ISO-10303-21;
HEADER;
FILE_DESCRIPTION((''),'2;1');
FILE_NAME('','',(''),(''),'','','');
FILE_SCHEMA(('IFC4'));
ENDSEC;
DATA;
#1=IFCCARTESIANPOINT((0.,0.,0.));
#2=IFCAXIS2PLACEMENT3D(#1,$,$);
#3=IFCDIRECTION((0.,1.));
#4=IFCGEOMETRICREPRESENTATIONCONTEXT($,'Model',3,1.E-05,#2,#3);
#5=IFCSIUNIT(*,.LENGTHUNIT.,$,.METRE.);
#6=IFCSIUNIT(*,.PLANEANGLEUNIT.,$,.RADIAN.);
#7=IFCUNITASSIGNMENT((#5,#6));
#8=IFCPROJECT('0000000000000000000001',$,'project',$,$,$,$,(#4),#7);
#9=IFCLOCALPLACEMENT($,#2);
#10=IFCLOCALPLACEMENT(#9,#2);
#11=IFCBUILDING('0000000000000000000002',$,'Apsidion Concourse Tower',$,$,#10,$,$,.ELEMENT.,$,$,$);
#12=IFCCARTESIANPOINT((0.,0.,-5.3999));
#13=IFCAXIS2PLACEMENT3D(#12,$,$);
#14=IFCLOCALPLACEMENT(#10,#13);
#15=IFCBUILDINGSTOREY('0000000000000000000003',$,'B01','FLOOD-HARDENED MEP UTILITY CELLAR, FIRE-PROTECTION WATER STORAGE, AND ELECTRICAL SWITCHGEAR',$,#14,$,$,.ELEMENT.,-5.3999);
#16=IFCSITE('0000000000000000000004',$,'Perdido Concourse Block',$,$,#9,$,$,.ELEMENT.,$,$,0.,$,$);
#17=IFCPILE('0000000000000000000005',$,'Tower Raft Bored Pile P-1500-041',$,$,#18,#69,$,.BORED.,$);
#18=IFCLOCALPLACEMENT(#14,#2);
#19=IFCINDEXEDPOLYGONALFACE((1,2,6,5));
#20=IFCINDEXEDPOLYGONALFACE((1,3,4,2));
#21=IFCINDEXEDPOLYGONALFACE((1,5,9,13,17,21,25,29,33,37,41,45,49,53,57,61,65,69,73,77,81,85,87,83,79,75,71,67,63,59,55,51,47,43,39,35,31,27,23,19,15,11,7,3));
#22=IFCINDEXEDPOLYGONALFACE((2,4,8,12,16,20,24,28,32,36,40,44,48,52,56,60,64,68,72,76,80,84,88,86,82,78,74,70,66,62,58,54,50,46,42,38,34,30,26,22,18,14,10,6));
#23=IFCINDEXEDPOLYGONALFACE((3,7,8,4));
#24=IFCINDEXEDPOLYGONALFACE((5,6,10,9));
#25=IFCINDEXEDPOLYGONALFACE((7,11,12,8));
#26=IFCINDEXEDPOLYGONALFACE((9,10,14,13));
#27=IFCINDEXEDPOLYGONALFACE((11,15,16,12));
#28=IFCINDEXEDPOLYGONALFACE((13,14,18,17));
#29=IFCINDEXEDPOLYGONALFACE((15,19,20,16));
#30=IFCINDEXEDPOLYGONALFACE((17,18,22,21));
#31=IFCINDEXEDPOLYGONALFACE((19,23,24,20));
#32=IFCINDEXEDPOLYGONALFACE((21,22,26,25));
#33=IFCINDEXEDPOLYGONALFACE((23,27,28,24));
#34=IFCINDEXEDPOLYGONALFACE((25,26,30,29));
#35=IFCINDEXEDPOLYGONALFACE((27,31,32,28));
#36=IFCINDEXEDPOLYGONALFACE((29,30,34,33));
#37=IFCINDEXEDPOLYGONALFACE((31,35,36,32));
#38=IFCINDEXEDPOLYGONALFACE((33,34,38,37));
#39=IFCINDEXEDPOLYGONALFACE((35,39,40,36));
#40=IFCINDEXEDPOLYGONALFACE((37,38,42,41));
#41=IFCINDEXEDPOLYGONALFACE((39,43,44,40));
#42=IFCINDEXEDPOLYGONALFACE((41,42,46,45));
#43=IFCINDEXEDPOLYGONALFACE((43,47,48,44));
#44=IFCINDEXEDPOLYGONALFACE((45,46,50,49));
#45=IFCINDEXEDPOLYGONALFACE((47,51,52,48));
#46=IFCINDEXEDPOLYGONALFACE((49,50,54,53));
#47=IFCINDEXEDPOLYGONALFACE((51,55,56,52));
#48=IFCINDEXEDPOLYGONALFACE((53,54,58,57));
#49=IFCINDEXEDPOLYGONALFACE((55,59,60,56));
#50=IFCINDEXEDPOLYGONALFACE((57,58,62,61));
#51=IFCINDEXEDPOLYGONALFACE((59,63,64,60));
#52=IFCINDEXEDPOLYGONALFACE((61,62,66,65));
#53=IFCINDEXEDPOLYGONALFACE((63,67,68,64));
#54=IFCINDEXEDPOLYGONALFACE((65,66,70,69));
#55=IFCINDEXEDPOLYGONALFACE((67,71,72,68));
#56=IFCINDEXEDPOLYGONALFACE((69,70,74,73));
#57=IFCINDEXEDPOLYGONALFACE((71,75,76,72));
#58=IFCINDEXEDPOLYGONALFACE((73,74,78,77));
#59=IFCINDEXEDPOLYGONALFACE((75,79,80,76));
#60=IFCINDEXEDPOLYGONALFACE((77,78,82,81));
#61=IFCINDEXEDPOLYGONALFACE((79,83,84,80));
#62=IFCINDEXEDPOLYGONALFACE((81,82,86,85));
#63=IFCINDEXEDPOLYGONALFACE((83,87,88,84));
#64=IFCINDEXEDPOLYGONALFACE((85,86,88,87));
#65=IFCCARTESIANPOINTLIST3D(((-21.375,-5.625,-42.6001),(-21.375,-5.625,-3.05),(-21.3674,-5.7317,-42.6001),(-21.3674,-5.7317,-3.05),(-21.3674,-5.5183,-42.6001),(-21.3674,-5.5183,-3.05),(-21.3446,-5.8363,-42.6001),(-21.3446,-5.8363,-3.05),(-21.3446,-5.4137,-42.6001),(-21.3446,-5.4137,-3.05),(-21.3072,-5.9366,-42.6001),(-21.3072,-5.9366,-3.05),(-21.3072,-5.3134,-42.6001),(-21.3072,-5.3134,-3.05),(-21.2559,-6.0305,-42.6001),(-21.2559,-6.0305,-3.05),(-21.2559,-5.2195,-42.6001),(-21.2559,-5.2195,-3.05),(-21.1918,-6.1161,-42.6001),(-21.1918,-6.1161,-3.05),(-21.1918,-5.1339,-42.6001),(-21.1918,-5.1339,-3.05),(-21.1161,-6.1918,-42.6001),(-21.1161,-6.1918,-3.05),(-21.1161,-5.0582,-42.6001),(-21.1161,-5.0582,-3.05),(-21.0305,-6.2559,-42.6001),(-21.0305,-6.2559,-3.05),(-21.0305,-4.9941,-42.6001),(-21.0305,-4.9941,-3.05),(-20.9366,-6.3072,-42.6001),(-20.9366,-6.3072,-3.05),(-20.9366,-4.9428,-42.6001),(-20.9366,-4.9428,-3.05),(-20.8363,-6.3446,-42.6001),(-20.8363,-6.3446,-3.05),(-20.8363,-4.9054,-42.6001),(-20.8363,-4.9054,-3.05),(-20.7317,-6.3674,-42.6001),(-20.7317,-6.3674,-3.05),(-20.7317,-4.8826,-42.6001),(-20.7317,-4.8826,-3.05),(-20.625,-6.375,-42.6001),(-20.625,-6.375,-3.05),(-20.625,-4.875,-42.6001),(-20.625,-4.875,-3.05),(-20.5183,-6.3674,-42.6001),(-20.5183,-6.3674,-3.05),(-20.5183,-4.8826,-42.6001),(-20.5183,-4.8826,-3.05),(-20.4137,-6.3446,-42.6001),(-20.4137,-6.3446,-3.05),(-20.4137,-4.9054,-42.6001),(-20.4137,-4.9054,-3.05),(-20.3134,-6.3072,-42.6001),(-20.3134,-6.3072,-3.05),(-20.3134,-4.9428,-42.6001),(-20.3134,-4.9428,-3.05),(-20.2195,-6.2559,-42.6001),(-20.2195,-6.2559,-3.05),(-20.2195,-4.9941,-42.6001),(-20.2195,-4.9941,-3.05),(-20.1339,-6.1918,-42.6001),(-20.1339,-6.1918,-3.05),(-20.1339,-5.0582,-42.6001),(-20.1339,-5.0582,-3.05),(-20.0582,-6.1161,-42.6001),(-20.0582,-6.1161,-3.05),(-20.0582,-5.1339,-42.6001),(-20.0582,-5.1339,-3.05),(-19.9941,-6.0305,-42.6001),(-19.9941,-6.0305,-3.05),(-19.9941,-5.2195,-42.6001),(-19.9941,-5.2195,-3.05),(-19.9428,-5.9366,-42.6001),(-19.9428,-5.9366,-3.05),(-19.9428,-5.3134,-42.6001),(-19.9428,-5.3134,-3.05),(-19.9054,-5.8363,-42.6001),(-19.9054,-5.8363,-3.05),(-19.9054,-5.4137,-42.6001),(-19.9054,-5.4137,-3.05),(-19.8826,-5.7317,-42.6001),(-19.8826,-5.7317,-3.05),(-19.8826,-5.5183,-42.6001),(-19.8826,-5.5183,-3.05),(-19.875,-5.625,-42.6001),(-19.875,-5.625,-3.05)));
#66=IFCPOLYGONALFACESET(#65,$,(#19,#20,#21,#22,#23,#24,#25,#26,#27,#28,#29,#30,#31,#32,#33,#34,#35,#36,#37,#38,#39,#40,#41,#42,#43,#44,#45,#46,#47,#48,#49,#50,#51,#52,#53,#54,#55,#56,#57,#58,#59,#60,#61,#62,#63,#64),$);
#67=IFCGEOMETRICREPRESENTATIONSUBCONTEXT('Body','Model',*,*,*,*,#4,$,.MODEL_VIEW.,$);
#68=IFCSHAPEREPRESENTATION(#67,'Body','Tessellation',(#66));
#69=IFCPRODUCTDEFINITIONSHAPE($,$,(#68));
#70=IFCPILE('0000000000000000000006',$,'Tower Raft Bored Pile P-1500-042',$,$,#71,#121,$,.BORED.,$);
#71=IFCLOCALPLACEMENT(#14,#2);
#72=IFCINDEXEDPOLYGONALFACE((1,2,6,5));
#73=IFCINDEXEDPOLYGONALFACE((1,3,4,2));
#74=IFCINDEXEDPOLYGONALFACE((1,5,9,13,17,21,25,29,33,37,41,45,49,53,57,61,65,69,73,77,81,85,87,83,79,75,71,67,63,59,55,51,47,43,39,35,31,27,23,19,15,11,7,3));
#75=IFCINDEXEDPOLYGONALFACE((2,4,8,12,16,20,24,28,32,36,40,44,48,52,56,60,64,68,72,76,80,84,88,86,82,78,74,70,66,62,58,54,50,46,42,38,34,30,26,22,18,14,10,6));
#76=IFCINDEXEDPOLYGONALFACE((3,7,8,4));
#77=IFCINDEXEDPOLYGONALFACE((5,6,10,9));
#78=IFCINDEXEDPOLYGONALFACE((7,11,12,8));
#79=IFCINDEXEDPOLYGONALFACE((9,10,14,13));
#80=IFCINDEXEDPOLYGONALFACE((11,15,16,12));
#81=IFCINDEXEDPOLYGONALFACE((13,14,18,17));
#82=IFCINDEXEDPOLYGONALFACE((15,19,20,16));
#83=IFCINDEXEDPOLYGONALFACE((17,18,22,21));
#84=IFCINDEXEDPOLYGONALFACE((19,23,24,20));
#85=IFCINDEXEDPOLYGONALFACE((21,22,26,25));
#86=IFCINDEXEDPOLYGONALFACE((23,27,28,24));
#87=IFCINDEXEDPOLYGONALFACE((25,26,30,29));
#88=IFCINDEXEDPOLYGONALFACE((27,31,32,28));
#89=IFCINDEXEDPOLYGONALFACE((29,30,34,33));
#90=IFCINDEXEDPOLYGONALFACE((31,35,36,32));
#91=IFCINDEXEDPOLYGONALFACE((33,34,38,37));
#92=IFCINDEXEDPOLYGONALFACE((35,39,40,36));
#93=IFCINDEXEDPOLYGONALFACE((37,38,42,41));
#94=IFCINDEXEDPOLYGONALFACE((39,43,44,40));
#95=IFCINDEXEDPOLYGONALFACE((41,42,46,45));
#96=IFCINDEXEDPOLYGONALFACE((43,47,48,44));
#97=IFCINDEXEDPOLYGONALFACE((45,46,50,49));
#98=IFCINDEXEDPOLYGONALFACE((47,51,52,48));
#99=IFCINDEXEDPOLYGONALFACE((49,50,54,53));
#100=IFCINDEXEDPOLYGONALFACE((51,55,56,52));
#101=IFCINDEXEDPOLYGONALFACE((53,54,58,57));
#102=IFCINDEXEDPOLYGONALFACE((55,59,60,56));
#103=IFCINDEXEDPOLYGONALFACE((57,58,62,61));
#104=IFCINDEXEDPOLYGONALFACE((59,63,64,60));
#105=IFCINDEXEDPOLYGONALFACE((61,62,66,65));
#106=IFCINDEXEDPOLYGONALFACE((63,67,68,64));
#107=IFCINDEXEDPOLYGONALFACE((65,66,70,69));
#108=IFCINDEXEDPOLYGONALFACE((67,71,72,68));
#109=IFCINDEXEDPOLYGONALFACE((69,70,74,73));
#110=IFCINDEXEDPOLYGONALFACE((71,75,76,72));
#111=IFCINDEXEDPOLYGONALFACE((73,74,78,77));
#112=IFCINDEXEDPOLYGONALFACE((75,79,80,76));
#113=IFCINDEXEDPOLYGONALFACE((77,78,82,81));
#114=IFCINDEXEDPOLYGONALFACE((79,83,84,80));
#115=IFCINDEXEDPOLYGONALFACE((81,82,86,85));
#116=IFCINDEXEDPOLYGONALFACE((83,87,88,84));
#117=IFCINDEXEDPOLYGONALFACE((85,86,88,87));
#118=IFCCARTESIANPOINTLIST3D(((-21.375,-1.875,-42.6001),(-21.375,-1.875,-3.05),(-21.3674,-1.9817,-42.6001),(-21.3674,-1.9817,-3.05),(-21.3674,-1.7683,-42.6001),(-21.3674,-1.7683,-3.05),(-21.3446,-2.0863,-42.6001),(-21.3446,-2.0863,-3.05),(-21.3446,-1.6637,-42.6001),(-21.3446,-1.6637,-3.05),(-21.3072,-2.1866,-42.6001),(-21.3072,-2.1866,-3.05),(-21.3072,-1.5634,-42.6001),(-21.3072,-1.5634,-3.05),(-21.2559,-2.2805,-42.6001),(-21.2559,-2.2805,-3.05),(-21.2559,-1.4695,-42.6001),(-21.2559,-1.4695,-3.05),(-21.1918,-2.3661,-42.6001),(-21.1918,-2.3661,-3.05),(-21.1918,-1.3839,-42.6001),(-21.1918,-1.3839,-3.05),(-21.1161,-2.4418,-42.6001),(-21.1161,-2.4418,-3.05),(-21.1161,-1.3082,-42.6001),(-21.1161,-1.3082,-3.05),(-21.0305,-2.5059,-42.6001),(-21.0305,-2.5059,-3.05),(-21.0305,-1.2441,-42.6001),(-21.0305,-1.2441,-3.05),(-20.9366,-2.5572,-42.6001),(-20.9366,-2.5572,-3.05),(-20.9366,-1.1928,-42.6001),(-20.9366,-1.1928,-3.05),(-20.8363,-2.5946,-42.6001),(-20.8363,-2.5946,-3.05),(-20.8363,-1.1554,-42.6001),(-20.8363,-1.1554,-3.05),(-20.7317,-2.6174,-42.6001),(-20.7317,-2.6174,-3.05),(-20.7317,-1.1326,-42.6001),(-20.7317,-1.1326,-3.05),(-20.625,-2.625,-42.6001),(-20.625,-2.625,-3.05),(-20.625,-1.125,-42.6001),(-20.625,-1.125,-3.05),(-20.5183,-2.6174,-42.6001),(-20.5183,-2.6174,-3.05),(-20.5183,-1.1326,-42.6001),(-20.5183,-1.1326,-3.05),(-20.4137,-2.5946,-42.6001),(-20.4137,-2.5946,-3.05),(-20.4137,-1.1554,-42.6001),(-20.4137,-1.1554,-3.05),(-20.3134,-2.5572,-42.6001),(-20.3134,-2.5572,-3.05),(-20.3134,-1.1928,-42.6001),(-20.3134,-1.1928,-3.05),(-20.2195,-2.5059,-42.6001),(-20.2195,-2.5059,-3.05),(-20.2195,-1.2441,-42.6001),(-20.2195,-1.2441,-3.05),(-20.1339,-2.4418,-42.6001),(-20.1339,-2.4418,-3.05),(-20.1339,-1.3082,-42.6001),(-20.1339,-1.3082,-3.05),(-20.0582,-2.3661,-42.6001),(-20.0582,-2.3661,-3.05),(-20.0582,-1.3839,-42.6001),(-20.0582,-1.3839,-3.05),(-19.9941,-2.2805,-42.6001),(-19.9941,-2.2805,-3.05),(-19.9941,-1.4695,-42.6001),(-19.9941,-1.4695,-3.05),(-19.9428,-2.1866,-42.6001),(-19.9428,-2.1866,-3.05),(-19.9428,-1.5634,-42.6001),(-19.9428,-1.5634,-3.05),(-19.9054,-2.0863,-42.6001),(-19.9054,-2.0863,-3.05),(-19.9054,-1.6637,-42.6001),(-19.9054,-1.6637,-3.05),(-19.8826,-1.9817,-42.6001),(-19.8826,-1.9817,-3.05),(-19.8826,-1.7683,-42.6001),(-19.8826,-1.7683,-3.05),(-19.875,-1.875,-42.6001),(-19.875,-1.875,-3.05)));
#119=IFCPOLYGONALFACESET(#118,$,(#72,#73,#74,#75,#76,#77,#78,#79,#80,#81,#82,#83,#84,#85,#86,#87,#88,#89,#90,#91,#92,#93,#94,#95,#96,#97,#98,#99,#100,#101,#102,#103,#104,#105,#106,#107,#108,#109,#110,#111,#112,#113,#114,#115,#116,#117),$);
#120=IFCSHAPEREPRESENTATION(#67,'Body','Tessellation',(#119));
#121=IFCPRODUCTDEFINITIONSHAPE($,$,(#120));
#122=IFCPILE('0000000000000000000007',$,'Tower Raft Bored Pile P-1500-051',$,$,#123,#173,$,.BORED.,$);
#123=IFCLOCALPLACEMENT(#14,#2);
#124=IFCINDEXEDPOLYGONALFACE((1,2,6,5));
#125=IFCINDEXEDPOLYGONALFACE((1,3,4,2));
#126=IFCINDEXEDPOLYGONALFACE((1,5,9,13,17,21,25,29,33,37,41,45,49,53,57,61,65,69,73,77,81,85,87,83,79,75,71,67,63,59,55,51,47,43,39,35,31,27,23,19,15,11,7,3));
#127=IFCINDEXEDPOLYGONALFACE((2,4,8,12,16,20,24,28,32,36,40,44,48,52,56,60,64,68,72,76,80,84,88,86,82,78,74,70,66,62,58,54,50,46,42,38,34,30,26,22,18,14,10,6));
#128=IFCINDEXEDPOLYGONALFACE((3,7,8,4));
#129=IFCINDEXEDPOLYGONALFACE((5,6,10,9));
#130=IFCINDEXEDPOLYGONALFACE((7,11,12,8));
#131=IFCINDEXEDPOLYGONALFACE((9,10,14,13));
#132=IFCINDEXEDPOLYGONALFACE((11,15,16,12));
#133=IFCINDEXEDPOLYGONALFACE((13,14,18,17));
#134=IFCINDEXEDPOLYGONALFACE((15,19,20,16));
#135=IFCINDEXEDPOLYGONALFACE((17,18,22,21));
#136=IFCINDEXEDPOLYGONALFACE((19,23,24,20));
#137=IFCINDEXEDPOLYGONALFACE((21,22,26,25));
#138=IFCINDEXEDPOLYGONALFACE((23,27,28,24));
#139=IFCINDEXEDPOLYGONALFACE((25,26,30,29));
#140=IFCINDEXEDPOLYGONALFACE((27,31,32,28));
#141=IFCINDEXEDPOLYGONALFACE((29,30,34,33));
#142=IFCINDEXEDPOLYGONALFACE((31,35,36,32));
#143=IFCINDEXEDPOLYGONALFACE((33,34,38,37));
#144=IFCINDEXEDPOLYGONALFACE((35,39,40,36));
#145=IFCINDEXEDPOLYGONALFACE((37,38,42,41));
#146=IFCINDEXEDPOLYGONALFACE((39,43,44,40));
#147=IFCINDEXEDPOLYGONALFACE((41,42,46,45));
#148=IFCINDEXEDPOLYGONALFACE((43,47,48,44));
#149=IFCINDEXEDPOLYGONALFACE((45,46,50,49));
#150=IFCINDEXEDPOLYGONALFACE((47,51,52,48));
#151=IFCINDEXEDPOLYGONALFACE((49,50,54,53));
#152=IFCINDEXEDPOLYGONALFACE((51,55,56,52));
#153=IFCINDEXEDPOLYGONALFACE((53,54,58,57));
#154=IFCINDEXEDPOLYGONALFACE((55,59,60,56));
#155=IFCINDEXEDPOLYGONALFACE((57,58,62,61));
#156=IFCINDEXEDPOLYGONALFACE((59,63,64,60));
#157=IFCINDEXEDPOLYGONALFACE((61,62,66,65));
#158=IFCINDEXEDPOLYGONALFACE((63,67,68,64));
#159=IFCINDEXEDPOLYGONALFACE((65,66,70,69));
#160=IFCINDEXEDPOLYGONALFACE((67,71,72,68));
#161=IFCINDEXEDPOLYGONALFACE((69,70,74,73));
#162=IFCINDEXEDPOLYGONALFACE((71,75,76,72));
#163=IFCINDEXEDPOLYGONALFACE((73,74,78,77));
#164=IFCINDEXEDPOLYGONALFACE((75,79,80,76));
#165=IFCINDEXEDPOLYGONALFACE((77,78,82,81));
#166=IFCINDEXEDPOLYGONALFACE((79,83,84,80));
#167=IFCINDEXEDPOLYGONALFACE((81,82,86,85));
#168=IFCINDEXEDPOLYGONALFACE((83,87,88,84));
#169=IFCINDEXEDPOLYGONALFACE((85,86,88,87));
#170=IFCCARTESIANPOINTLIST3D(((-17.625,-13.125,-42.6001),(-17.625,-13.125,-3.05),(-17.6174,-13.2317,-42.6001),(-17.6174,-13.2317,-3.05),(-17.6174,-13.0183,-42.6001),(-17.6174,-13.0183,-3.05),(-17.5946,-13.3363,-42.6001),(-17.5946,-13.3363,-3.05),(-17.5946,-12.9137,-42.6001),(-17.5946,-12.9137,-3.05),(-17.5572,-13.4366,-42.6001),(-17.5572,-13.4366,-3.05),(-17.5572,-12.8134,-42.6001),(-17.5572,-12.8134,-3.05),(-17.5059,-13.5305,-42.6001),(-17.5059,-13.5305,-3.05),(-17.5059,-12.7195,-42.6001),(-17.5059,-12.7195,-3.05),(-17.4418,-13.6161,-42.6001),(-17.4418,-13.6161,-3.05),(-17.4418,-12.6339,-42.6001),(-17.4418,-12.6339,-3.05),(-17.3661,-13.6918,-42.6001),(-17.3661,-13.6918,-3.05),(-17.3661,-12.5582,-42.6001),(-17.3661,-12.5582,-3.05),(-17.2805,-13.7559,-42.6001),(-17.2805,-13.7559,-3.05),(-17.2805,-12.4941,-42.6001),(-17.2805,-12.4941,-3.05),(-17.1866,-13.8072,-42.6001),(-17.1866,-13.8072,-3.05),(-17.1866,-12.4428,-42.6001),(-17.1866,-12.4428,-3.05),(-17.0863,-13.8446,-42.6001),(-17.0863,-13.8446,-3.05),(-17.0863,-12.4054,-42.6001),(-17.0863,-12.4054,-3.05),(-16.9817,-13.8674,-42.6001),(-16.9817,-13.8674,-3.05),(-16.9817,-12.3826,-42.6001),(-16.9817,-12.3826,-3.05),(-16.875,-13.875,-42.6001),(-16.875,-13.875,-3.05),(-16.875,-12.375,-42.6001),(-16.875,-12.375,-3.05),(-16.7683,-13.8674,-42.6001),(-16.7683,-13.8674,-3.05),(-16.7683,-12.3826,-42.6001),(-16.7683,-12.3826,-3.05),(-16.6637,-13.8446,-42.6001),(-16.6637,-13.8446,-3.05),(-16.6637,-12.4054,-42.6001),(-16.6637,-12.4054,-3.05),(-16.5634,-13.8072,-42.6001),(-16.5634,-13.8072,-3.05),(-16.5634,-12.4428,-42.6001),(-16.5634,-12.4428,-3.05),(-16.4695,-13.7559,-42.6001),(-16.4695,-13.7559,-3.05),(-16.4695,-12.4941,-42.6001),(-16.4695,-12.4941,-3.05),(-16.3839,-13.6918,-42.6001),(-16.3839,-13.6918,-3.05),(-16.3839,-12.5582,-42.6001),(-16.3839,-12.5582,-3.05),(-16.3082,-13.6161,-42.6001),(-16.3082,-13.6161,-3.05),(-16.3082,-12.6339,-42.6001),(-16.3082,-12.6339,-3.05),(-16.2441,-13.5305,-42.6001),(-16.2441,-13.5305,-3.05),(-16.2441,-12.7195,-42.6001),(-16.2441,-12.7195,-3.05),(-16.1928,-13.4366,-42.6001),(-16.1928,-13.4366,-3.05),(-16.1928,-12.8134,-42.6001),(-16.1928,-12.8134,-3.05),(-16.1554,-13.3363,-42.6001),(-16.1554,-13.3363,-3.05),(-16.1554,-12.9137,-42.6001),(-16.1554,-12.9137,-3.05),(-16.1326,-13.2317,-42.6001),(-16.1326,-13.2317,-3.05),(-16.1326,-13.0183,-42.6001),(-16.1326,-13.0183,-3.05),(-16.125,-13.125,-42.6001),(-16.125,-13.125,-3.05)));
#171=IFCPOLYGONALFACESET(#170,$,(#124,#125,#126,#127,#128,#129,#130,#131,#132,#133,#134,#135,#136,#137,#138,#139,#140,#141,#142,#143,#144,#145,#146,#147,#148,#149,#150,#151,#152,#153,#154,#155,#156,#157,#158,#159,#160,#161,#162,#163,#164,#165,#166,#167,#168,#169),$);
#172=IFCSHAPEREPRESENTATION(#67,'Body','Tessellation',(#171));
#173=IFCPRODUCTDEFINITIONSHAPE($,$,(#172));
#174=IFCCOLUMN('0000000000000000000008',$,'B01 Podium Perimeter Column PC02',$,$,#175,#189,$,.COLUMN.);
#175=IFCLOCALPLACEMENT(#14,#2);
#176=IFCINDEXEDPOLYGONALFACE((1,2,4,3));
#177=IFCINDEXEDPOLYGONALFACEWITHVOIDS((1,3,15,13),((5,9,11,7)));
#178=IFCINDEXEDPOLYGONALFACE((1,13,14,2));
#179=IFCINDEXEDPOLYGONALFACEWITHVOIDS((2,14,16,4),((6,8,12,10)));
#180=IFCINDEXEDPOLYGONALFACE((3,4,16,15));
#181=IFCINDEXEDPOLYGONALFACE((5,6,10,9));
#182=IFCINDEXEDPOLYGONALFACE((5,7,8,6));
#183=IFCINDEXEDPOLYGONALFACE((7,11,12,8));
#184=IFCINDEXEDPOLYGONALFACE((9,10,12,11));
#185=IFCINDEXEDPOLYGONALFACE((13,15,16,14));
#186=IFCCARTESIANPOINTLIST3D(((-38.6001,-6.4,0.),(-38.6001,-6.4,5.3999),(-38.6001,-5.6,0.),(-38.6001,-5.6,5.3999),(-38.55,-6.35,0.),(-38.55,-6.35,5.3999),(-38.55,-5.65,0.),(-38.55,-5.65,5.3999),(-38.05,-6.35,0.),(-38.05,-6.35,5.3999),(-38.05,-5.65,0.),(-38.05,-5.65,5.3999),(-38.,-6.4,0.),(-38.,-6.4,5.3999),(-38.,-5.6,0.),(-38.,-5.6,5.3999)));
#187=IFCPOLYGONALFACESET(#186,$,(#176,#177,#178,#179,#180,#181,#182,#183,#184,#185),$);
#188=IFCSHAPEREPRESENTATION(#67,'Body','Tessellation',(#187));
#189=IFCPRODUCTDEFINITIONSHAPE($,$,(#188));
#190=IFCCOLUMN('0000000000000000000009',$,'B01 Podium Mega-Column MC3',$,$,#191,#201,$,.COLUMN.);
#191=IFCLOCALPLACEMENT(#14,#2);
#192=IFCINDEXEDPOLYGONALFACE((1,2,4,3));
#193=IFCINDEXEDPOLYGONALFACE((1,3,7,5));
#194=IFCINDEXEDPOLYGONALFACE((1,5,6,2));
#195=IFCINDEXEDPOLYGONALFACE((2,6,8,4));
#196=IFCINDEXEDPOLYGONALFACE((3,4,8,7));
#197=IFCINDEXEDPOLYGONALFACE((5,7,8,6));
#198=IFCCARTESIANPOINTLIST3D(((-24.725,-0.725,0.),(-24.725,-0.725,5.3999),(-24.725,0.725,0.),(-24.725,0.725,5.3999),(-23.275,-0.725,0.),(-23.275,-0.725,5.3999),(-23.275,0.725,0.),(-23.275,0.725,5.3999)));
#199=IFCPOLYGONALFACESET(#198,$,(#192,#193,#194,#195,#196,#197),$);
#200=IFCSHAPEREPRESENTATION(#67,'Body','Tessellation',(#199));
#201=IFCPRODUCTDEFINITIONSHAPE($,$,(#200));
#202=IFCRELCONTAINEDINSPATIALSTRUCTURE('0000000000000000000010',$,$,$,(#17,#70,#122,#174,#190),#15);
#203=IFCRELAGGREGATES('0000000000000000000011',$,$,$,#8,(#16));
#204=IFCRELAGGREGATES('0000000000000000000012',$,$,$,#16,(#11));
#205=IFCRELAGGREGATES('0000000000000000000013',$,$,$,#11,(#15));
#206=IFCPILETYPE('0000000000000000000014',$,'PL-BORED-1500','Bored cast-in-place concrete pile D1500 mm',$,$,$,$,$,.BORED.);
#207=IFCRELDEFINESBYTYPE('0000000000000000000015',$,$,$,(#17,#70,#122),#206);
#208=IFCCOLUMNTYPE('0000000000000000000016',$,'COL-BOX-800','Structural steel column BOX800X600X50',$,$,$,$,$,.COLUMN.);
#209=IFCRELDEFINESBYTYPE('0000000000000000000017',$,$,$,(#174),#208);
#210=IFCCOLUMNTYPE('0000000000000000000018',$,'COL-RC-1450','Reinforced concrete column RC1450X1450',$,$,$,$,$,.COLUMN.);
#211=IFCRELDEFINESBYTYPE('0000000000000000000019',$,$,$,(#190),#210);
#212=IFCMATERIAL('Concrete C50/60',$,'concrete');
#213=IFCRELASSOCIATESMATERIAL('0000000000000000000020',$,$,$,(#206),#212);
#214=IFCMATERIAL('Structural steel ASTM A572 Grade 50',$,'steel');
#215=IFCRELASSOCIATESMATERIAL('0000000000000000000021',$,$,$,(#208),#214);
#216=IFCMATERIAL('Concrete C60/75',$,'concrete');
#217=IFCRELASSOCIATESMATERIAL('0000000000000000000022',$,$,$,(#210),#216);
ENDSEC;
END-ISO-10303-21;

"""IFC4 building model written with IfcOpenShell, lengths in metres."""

from ifc_helpers import new_model, si_unit, direction, frame, origin, origin_2d, place, context, subcontext, project, spatial, rectangle, hollow_rectangle, circle, extrude, material, material_profile, profile_set, type_object, element, save


model = new_model("IFC4")

# Units and contexts
model_context = context("Model", 3, precision=1e-05, world=origin(), true_north=direction((0.0, 1.0)))
body_context = subcontext(model_context, "Body", "Model", "MODEL_VIEW")
ifc_project = project(units=[si_unit("LENGTHUNIT", "METRE"), si_unit("PLANEANGLEUNIT", "RADIAN")], contexts=[model_context])

# Site, building, storey
site_placement = place(None, origin())
site = spatial("IfcSite", under=ifc_project, at=site_placement, Name="Perdido Concourse Block", CompositionType="ELEMENT", RefElevation=0.0)
building_placement = place(site_placement, origin())
building = spatial("IfcBuilding", under=site, at=building_placement, Name="Apsidion Concourse Tower", CompositionType="ELEMENT")
storey_placement = place(building_placement, frame((0.0, 0.0, -5.3999)))
storey = spatial("IfcBuildingStorey", under=building, at=storey_placement, Name="B01", Description="FLOOD-HARDENED MEP UTILITY CELLAR, FIRE-PROTECTION WATER STORAGE, AND ELECTRICAL SWITCHGEAR", CompositionType="ELEMENT", Elevation=-5.3999)

# Shared definitions
ifc_material_1 = material(Name="Concrete C50/60", Category="concrete")

# Piles
ifc_material_profile_1 = material_profile(ifc_material_1, circle(Radius=0.75, at=origin_2d()), Name="BORED PILE D1500")
ifc_profile_set_1 = profile_set([ifc_material_profile_1], Name="Concrete C50/60")
pile_type_1 = type_object("IfcPileType", Name="PL-BORED-1500", Description="Bored cast-in-place concrete pile D1500 mm", PredefinedType="BORED", material=ifc_profile_set_1)
for number, where, z_axis, x_axis, name in (
    (1, (-20.625, -5.625, -3.05), (0.0, 0.0, -1.0), (1.0, 0.0, 0.0), "Tower Raft Bored Pile P-1500-041"),
    (2, (-20.625, -1.875, -3.05), (0.0, 0.0, -1.0), (1.0, 0.0, 0.0), "Tower Raft Bored Pile P-1500-042"),
    (3, (-16.875, -13.125, -3.05), (0.0, 0.0, -1.0), (1.0, 0.0, 0.0), "Tower Raft Bored Pile P-1500-051"),
):
    element("IfcPile", number, at=place(storey_placement, frame(where, z_axis=z_axis, x_axis=x_axis)), inside=storey, type_object=pile_type_1, Name=name, PredefinedType="BORED", context=body_context, shape_type="SweptSolid", body=[
        extrude(circle(Radius=0.75, at=origin_2d()), origin(), (0.0, 0.0, 1.0), 39.55),
    ])

# Columns
ifc_material_2 = material(Name="Structural steel ASTM A572 Grade 50", Category="steel")
ifc_material_profile_2 = material_profile(ifc_material_2, hollow_rectangle(XDim=0.6001, YDim=0.8, WallThickness=0.05, at=origin_2d()), Name="BOX800X600X50")
ifc_profile_set_2 = profile_set([ifc_material_profile_2], Name="Structural steel ASTM A572 Grade 50")
column_type_1 = type_object("IfcColumnType", Name="COL-BOX-800", Description="Structural steel column BOX800X600X50", PredefinedType="COLUMN", material=ifc_profile_set_2)
column_1_placement = place(storey_placement, frame((-38.3, -6.0, 0.0), z_axis=(0.0, 0.0, 1.0), x_axis=(1.0, 0.0, 0.0)))
element("IfcColumn", 4, at=column_1_placement, inside=storey, type_object=column_type_1, Name="B01 Podium Perimeter Column PC02", PredefinedType="COLUMN", context=body_context, shape_type="SweptSolid", body=[
    extrude(hollow_rectangle(XDim=0.6001, YDim=0.8, WallThickness=0.05, at=origin_2d()), origin(), (0.0, 0.0, 1.0), 5.3999),
])
ifc_material_3 = material(Name="Concrete C60/75", Category="concrete")
ifc_material_profile_3 = material_profile(ifc_material_3, rectangle(XDim=1.45, YDim=1.45, at=origin_2d()), Name="RC 1450x1450")
ifc_profile_set_3 = profile_set([ifc_material_profile_3], Name="Concrete C60/75")
column_type_2 = type_object("IfcColumnType", Name="COL-RC-1450", Description="Reinforced concrete column RC1450X1450", PredefinedType="COLUMN", material=ifc_profile_set_3)
column_2_placement = place(storey_placement, frame((-24.0, 0.0, 0.0), z_axis=(0.0, 0.0, 1.0), x_axis=(1.0, 0.0, 0.0)))
element("IfcColumn", 5, at=column_2_placement, inside=storey, type_object=column_type_2, Name="B01 Podium Mega-Column MC3", PredefinedType="COLUMN", context=body_context, shape_type="SweptSolid", body=[
    extrude(rectangle(XDim=1.45, YDim=1.45, at=origin_2d()), origin(), (0.0, 0.0, 1.0), 5.3999),
])

save(model, "model.ifc")
